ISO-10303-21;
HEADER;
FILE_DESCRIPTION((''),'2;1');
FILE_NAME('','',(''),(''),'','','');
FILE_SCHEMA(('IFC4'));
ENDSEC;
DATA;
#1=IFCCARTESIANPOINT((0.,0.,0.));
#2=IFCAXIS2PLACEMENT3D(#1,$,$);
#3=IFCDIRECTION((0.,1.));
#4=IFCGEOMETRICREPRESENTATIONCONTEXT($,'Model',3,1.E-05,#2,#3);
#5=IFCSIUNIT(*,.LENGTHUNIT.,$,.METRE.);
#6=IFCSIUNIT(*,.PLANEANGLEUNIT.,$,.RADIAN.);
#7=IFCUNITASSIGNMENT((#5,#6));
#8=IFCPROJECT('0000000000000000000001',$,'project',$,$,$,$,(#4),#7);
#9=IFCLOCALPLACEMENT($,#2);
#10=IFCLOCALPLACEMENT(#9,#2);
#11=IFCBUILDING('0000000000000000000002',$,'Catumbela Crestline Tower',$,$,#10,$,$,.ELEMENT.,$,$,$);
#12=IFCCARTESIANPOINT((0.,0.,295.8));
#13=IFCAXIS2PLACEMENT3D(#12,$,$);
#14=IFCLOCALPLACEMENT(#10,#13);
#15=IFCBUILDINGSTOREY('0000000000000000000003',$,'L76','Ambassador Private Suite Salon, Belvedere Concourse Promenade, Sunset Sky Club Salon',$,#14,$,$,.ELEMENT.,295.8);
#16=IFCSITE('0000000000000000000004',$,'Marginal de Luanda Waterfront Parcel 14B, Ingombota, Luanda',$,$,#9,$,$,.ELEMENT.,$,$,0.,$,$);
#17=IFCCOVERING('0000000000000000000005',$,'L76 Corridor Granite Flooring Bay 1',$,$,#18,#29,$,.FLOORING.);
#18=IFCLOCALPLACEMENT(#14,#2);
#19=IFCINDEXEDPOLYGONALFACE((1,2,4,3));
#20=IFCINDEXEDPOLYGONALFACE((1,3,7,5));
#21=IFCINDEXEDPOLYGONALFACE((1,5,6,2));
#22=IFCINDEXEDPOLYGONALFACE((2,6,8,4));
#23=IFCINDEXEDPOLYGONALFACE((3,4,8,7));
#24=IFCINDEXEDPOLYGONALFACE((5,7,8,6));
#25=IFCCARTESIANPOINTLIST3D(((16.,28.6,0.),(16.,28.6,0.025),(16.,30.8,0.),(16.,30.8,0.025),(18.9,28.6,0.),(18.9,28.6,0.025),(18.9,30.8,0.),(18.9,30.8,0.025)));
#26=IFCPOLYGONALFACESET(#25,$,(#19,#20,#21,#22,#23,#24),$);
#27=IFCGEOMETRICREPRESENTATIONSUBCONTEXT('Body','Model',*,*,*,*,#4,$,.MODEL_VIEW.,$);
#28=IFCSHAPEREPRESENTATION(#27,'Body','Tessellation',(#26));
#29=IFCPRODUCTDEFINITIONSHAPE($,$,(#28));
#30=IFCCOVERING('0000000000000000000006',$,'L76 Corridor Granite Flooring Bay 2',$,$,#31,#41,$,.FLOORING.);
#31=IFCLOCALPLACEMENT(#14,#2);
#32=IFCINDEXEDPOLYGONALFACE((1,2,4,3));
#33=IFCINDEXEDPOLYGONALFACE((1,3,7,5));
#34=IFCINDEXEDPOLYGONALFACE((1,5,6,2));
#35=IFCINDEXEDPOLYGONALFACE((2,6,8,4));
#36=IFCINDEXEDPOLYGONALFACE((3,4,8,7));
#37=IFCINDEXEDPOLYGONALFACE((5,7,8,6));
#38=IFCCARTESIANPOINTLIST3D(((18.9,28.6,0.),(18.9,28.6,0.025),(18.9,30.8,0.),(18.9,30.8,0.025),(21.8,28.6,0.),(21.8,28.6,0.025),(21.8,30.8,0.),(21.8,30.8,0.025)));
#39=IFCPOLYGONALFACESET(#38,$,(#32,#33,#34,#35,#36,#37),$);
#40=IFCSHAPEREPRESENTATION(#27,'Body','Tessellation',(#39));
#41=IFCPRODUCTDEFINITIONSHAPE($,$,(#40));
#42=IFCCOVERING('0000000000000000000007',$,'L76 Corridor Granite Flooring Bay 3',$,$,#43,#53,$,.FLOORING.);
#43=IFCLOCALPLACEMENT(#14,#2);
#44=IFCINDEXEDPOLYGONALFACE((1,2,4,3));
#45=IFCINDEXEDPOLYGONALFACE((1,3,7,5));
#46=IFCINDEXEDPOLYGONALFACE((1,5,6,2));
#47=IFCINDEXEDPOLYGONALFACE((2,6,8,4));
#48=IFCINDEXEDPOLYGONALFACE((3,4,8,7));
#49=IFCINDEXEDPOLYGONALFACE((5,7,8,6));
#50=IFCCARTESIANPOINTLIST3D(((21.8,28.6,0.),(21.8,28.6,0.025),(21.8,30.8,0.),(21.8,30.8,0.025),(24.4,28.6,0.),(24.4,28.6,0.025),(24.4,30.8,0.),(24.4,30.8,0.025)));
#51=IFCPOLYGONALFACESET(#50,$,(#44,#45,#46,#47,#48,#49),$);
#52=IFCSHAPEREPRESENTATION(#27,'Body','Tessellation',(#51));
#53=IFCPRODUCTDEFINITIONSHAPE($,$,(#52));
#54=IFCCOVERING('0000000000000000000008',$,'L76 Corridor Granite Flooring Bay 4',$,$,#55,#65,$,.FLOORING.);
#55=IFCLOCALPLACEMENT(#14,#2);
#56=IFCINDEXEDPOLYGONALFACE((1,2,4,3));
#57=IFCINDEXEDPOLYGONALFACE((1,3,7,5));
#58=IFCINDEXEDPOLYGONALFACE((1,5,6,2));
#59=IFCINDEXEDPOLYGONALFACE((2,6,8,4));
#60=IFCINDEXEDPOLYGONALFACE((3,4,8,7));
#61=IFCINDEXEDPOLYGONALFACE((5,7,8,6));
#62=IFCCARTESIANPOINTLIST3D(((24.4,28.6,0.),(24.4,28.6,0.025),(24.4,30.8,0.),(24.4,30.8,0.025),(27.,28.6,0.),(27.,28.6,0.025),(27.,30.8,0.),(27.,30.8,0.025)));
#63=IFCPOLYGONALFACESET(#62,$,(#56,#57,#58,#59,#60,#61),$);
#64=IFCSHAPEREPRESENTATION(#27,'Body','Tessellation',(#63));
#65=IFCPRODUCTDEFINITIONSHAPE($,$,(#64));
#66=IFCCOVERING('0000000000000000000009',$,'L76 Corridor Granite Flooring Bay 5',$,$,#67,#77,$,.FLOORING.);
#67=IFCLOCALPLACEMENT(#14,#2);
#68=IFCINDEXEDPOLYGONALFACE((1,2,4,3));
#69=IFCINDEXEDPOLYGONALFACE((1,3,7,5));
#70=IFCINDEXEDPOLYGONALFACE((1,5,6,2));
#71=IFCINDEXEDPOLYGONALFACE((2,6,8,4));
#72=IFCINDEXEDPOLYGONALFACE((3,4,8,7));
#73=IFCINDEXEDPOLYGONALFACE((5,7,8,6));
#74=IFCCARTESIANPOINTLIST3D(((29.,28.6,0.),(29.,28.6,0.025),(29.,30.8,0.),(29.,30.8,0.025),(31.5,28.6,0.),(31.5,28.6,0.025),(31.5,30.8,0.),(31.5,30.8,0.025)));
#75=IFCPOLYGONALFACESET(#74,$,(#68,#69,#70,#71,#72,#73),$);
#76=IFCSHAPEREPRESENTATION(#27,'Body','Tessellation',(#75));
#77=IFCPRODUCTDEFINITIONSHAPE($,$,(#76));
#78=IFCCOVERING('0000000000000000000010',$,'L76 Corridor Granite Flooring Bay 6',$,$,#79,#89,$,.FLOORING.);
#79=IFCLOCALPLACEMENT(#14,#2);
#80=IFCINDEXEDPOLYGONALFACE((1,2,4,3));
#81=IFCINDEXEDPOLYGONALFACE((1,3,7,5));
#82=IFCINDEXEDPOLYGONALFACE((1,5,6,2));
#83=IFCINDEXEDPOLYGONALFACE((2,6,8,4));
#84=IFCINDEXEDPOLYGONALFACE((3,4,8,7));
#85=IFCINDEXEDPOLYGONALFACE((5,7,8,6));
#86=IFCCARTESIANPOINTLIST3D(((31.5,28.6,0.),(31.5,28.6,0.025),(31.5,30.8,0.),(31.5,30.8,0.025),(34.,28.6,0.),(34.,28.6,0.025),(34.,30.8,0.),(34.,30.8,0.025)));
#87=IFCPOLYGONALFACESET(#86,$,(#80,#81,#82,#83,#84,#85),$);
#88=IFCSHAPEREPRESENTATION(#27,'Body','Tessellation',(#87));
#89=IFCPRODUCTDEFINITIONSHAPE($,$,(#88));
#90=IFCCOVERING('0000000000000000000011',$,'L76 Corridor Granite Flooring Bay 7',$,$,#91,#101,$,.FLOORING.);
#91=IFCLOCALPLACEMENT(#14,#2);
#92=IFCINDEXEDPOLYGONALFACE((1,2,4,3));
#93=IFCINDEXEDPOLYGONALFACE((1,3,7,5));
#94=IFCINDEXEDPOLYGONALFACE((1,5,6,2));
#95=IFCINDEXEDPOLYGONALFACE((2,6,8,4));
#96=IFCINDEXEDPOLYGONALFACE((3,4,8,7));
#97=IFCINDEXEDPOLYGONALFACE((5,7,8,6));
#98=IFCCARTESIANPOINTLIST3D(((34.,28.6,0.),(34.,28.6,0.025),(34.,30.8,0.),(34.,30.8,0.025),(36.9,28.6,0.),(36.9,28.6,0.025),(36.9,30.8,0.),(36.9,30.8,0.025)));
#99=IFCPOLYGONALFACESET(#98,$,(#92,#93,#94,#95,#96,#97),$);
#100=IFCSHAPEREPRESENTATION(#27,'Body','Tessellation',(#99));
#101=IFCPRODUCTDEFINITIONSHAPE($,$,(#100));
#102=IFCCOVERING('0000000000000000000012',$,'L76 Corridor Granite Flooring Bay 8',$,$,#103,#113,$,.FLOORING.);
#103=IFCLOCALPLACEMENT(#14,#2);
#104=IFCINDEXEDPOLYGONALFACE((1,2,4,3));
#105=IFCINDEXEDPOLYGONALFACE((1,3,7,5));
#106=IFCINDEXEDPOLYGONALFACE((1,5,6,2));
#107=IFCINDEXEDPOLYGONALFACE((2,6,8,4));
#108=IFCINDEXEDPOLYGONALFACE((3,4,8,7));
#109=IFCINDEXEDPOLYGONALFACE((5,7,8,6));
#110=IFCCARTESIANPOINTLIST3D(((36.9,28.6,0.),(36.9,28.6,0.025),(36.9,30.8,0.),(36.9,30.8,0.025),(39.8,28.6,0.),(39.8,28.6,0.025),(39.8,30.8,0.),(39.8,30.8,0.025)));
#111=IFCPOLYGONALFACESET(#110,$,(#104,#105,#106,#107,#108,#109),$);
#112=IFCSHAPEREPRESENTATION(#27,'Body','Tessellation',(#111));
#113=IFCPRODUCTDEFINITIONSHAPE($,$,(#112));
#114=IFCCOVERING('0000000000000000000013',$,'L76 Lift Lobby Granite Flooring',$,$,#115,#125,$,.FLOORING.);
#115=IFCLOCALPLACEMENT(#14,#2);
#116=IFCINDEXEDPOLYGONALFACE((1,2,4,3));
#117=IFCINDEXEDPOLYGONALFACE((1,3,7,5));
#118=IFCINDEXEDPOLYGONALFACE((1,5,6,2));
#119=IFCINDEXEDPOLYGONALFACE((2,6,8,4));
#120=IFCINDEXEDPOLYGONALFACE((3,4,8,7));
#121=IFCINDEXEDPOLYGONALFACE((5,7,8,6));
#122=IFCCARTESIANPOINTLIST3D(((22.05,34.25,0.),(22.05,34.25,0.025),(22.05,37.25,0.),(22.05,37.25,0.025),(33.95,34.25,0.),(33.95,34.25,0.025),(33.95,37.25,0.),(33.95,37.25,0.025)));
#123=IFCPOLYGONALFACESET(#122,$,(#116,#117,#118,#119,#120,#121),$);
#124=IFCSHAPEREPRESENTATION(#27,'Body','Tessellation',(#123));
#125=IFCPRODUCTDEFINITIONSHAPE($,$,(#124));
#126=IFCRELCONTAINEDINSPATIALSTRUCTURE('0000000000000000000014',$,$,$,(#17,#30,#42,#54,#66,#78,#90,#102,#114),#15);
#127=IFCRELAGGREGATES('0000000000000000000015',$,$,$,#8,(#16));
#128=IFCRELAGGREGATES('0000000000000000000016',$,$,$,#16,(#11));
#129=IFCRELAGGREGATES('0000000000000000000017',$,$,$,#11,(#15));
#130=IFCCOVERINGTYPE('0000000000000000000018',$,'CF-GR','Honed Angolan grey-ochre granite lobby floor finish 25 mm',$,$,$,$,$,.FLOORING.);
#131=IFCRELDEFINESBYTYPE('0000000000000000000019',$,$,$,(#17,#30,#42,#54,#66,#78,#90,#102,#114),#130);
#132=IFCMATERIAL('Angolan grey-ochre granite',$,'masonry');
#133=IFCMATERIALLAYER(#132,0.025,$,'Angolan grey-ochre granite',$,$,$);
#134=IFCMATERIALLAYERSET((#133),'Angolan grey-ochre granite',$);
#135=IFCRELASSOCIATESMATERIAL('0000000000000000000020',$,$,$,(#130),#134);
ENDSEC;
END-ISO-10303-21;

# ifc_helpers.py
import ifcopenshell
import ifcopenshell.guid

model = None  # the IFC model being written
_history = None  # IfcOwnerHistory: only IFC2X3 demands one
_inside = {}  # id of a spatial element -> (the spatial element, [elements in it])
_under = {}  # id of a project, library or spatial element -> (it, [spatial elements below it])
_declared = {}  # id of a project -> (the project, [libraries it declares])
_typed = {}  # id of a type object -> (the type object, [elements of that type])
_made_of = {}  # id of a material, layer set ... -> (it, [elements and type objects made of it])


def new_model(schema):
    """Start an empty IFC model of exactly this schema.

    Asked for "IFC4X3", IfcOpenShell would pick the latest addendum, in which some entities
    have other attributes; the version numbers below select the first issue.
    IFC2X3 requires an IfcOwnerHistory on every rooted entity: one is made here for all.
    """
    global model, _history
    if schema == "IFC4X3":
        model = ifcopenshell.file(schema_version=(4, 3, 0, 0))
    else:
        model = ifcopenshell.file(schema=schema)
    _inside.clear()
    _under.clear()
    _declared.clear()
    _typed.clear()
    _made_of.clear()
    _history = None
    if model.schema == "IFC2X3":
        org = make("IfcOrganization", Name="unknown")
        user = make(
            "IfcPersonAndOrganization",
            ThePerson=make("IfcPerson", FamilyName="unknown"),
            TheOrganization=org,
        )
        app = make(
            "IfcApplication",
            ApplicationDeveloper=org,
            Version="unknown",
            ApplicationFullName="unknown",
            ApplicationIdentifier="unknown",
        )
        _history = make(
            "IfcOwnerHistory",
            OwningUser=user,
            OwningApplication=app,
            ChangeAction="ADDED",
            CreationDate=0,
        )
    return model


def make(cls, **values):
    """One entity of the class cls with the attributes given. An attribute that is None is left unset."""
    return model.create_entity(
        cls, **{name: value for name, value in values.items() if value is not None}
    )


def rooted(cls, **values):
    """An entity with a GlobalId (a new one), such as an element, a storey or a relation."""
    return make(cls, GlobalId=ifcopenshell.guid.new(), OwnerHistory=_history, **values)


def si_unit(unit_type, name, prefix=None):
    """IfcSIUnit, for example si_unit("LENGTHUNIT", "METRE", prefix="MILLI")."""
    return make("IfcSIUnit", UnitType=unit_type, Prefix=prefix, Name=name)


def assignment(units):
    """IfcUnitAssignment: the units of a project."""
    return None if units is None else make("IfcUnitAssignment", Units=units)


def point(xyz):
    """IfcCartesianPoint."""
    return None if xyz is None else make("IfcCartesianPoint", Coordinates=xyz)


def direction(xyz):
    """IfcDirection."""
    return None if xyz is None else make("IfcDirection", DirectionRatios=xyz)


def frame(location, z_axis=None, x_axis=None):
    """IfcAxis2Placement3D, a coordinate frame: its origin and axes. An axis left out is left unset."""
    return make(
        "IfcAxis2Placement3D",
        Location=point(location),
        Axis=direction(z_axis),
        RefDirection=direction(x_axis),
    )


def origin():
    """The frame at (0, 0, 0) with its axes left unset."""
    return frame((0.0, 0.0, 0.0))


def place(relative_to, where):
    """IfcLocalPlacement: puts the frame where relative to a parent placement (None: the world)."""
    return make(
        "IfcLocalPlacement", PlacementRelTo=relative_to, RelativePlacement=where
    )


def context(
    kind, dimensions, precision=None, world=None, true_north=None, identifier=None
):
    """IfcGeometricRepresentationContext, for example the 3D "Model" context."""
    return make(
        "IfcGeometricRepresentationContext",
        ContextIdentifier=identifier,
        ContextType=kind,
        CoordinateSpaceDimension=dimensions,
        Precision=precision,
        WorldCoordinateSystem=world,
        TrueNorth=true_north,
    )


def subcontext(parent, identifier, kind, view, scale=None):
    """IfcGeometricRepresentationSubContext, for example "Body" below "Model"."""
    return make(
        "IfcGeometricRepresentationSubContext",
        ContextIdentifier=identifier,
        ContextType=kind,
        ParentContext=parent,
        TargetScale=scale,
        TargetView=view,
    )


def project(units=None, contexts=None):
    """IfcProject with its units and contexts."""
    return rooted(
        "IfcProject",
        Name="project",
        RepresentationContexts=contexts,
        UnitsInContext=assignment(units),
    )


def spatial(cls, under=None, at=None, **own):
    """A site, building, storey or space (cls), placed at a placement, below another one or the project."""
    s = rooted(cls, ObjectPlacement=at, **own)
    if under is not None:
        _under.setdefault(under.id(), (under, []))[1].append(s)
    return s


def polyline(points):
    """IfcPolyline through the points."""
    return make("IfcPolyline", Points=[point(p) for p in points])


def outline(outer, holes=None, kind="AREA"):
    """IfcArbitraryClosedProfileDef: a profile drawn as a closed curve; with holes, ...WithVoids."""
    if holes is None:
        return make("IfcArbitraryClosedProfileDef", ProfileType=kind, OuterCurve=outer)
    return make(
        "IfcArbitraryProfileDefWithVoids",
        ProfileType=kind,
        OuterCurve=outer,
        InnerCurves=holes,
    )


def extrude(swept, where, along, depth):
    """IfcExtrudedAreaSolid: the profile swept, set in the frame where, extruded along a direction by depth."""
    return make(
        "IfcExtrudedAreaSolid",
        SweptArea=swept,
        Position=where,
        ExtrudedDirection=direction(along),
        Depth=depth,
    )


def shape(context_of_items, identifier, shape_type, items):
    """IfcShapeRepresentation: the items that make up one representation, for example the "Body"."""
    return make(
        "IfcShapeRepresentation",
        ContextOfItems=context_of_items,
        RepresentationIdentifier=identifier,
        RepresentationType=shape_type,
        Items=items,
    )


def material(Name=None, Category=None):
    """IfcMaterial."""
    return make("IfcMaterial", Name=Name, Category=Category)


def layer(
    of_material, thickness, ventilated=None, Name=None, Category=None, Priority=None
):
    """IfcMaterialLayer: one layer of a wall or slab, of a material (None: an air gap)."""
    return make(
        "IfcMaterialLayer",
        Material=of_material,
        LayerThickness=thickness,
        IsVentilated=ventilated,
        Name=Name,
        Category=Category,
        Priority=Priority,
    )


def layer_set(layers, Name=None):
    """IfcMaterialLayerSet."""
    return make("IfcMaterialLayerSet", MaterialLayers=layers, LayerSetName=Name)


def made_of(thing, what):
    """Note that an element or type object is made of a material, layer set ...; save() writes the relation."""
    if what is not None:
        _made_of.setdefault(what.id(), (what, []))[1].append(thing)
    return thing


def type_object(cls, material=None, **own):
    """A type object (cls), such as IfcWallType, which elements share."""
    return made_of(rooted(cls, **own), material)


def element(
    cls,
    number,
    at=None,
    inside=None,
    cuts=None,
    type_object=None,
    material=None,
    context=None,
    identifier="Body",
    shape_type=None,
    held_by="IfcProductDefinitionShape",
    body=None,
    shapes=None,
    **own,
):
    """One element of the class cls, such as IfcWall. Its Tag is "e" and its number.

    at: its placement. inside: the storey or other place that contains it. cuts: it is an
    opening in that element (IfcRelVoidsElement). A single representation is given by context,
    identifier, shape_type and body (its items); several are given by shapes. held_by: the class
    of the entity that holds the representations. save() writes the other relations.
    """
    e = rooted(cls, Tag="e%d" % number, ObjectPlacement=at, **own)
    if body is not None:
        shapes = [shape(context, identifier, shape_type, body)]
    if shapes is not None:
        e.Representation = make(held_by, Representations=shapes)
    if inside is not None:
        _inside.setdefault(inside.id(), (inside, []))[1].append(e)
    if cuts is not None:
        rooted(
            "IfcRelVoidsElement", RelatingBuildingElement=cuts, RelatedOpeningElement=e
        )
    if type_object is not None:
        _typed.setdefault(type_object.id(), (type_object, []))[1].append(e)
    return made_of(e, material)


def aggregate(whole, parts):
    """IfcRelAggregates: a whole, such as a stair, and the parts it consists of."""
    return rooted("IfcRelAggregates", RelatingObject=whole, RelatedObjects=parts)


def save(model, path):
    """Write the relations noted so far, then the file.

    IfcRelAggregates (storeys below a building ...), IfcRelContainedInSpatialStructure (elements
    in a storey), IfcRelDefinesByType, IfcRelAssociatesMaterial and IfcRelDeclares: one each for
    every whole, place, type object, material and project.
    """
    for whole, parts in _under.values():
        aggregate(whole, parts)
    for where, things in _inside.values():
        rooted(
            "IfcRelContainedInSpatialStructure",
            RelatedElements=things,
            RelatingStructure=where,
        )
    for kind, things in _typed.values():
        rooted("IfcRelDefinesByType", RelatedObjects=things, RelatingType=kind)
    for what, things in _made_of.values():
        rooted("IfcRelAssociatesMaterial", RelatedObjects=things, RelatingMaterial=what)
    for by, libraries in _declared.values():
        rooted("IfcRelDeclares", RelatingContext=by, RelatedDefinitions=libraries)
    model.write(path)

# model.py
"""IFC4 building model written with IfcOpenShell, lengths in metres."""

from ifc_helpers import new_model, si_unit, direction, frame, origin, place, context, subcontext, project, spatial, polyline, outline, extrude, material, layer, layer_set, type_object, element, save


model = new_model("IFC4")

# Units and contexts
model_context = context("Model", 3, precision=1e-05, world=origin(), true_north=direction((0.0, 1.0)))
body_context = subcontext(model_context, "Body", "Model", "MODEL_VIEW")
ifc_project = project(units=[si_unit("LENGTHUNIT", "METRE"), si_unit("PLANEANGLEUNIT", "RADIAN")], contexts=[model_context])

# Site, building, storey
site_placement = place(None, origin())
site = spatial("IfcSite", under=ifc_project, at=site_placement, Name="Marginal de Luanda Waterfront Parcel 14B, Ingombota, Luanda", CompositionType="ELEMENT", RefElevation=0.0)
building_placement = place(site_placement, origin())
building = spatial("IfcBuilding", under=site, at=building_placement, Name="Catumbela Crestline Tower", CompositionType="ELEMENT")
storey_placement = place(building_placement, frame((0.0, 0.0, 295.8)))
storey = spatial("IfcBuildingStorey", under=building, at=storey_placement, Name="L76", Description="Ambassador Private Suite Salon, Belvedere Concourse Promenade, Sunset Sky Club Salon", CompositionType="ELEMENT", Elevation=295.8)

# Coverings
ifc_material_1 = material(Name="Angolan grey-ochre granite", Category="masonry")
ifc_layer_1 = layer(ifc_material_1, 0.025, Name="Angolan grey-ochre granite")
ifc_layer_set_1 = layer_set([ifc_layer_1], Name="Angolan grey-ochre granite")
covering_type_1 = type_object("IfcCoveringType", Name="CF-GR", Description="Honed Angolan grey-ochre granite lobby floor finish 25 mm", PredefinedType="FLOORING", material=ifc_layer_set_1)
covering_1_placement = place(storey_placement, origin())
element("IfcCovering", 1, at=covering_1_placement, inside=storey, type_object=covering_type_1, Name="L76 Corridor Granite Flooring Bay 1", PredefinedType="FLOORING", context=body_context, shape_type="SweptSolid", body=[
    extrude(outline(polyline([(16.0, 28.6), (18.9, 28.6), (18.9, 30.8), (16.0, 30.8), (16.0, 28.6)])), origin(), (0.0, 0.0, 1.0), 0.025),
])
covering_2_placement = place(storey_placement, origin())
element("IfcCovering", 2, at=covering_2_placement, inside=storey, type_object=covering_type_1, Name="L76 Corridor Granite Flooring Bay 2", PredefinedType="FLOORING", context=body_context, shape_type="SweptSolid", body=[
    extrude(outline(polyline([(18.9, 28.6), (21.8, 28.6), (21.8, 30.8), (18.9, 30.8), (18.9, 28.6)])), origin(), (0.0, 0.0, 1.0), 0.025),
])
covering_3_placement = place(storey_placement, origin())
element("IfcCovering", 3, at=covering_3_placement, inside=storey, type_object=covering_type_1, Name="L76 Corridor Granite Flooring Bay 3", PredefinedType="FLOORING", context=body_context, shape_type="SweptSolid", body=[
    extrude(outline(polyline([(21.8, 28.6), (24.4, 28.6), (24.4, 30.8), (21.8, 30.8), (21.8, 28.6)])), origin(), (0.0, 0.0, 1.0), 0.025),
])
covering_4_placement = place(storey_placement, origin())
element("IfcCovering", 4, at=covering_4_placement, inside=storey, type_object=covering_type_1, Name="L76 Corridor Granite Flooring Bay 4", PredefinedType="FLOORING", context=body_context, shape_type="SweptSolid", body=[
    extrude(outline(polyline([(24.4, 28.6), (27.0, 28.6), (27.0, 30.8), (24.4, 30.8), (24.4, 28.6)])), origin(), (0.0, 0.0, 1.0), 0.025),
])
covering_5_placement = place(storey_placement, origin())
element("IfcCovering", 5, at=covering_5_placement, inside=storey, type_object=covering_type_1, Name="L76 Corridor Granite Flooring Bay 5", PredefinedType="FLOORING", context=body_context, shape_type="SweptSolid", body=[
    extrude(outline(polyline([(29.0, 28.6), (31.5, 28.6), (31.5, 30.8), (29.0, 30.8), (29.0, 28.6)])), origin(), (0.0, 0.0, 1.0), 0.025),
])
covering_6_placement = place(storey_placement, origin())
element("IfcCovering", 6, at=covering_6_placement, inside=storey, type_object=covering_type_1, Name="L76 Corridor Granite Flooring Bay 6", PredefinedType="FLOORING", context=body_context, shape_type="SweptSolid", body=[
    extrude(outline(polyline([(31.5, 28.6), (34.0, 28.6), (34.0, 30.8), (31.5, 30.8), (31.5, 28.6)])), origin(), (0.0, 0.0, 1.0), 0.025),
])
covering_7_placement = place(storey_placement, origin())
element("IfcCovering", 7, at=covering_7_placement, inside=storey, type_object=covering_type_1, Name="L76 Corridor Granite Flooring Bay 7", PredefinedType="FLOORING", context=body_context, shape_type="SweptSolid", body=[
    extrude(outline(polyline([(34.0, 28.6), (36.9, 28.6), (36.9, 30.8), (34.0, 30.8), (34.0, 28.6)])), origin(), (0.0, 0.0, 1.0), 0.025),
])
covering_8_placement = place(storey_placement, origin())
element("IfcCovering", 8, at=covering_8_placement, inside=storey, type_object=covering_type_1, Name="L76 Corridor Granite Flooring Bay 8", PredefinedType="FLOORING", context=body_context, shape_type="SweptSolid", body=[
    extrude(outline(polyline([(36.9, 28.6), (39.8, 28.6), (39.8, 30.8), (36.9, 30.8), (36.9, 28.6)])), origin(), (0.0, 0.0, 1.0), 0.025),
])
covering_9_placement = place(storey_placement, origin())
element("IfcCovering", 9, at=covering_9_placement, inside=storey, type_object=covering_type_1, Name="L76 Lift Lobby Granite Flooring", PredefinedType="FLOORING", context=body_context, shape_type="SweptSolid", body=[
    extrude(outline(polyline([(22.05, 34.25), (33.95, 34.25), (33.95, 37.25), (22.05, 37.25), (22.05, 34.25)])), origin(), (0.0, 0.0, 1.0), 0.025),
])

save(model, "model.ifc")
